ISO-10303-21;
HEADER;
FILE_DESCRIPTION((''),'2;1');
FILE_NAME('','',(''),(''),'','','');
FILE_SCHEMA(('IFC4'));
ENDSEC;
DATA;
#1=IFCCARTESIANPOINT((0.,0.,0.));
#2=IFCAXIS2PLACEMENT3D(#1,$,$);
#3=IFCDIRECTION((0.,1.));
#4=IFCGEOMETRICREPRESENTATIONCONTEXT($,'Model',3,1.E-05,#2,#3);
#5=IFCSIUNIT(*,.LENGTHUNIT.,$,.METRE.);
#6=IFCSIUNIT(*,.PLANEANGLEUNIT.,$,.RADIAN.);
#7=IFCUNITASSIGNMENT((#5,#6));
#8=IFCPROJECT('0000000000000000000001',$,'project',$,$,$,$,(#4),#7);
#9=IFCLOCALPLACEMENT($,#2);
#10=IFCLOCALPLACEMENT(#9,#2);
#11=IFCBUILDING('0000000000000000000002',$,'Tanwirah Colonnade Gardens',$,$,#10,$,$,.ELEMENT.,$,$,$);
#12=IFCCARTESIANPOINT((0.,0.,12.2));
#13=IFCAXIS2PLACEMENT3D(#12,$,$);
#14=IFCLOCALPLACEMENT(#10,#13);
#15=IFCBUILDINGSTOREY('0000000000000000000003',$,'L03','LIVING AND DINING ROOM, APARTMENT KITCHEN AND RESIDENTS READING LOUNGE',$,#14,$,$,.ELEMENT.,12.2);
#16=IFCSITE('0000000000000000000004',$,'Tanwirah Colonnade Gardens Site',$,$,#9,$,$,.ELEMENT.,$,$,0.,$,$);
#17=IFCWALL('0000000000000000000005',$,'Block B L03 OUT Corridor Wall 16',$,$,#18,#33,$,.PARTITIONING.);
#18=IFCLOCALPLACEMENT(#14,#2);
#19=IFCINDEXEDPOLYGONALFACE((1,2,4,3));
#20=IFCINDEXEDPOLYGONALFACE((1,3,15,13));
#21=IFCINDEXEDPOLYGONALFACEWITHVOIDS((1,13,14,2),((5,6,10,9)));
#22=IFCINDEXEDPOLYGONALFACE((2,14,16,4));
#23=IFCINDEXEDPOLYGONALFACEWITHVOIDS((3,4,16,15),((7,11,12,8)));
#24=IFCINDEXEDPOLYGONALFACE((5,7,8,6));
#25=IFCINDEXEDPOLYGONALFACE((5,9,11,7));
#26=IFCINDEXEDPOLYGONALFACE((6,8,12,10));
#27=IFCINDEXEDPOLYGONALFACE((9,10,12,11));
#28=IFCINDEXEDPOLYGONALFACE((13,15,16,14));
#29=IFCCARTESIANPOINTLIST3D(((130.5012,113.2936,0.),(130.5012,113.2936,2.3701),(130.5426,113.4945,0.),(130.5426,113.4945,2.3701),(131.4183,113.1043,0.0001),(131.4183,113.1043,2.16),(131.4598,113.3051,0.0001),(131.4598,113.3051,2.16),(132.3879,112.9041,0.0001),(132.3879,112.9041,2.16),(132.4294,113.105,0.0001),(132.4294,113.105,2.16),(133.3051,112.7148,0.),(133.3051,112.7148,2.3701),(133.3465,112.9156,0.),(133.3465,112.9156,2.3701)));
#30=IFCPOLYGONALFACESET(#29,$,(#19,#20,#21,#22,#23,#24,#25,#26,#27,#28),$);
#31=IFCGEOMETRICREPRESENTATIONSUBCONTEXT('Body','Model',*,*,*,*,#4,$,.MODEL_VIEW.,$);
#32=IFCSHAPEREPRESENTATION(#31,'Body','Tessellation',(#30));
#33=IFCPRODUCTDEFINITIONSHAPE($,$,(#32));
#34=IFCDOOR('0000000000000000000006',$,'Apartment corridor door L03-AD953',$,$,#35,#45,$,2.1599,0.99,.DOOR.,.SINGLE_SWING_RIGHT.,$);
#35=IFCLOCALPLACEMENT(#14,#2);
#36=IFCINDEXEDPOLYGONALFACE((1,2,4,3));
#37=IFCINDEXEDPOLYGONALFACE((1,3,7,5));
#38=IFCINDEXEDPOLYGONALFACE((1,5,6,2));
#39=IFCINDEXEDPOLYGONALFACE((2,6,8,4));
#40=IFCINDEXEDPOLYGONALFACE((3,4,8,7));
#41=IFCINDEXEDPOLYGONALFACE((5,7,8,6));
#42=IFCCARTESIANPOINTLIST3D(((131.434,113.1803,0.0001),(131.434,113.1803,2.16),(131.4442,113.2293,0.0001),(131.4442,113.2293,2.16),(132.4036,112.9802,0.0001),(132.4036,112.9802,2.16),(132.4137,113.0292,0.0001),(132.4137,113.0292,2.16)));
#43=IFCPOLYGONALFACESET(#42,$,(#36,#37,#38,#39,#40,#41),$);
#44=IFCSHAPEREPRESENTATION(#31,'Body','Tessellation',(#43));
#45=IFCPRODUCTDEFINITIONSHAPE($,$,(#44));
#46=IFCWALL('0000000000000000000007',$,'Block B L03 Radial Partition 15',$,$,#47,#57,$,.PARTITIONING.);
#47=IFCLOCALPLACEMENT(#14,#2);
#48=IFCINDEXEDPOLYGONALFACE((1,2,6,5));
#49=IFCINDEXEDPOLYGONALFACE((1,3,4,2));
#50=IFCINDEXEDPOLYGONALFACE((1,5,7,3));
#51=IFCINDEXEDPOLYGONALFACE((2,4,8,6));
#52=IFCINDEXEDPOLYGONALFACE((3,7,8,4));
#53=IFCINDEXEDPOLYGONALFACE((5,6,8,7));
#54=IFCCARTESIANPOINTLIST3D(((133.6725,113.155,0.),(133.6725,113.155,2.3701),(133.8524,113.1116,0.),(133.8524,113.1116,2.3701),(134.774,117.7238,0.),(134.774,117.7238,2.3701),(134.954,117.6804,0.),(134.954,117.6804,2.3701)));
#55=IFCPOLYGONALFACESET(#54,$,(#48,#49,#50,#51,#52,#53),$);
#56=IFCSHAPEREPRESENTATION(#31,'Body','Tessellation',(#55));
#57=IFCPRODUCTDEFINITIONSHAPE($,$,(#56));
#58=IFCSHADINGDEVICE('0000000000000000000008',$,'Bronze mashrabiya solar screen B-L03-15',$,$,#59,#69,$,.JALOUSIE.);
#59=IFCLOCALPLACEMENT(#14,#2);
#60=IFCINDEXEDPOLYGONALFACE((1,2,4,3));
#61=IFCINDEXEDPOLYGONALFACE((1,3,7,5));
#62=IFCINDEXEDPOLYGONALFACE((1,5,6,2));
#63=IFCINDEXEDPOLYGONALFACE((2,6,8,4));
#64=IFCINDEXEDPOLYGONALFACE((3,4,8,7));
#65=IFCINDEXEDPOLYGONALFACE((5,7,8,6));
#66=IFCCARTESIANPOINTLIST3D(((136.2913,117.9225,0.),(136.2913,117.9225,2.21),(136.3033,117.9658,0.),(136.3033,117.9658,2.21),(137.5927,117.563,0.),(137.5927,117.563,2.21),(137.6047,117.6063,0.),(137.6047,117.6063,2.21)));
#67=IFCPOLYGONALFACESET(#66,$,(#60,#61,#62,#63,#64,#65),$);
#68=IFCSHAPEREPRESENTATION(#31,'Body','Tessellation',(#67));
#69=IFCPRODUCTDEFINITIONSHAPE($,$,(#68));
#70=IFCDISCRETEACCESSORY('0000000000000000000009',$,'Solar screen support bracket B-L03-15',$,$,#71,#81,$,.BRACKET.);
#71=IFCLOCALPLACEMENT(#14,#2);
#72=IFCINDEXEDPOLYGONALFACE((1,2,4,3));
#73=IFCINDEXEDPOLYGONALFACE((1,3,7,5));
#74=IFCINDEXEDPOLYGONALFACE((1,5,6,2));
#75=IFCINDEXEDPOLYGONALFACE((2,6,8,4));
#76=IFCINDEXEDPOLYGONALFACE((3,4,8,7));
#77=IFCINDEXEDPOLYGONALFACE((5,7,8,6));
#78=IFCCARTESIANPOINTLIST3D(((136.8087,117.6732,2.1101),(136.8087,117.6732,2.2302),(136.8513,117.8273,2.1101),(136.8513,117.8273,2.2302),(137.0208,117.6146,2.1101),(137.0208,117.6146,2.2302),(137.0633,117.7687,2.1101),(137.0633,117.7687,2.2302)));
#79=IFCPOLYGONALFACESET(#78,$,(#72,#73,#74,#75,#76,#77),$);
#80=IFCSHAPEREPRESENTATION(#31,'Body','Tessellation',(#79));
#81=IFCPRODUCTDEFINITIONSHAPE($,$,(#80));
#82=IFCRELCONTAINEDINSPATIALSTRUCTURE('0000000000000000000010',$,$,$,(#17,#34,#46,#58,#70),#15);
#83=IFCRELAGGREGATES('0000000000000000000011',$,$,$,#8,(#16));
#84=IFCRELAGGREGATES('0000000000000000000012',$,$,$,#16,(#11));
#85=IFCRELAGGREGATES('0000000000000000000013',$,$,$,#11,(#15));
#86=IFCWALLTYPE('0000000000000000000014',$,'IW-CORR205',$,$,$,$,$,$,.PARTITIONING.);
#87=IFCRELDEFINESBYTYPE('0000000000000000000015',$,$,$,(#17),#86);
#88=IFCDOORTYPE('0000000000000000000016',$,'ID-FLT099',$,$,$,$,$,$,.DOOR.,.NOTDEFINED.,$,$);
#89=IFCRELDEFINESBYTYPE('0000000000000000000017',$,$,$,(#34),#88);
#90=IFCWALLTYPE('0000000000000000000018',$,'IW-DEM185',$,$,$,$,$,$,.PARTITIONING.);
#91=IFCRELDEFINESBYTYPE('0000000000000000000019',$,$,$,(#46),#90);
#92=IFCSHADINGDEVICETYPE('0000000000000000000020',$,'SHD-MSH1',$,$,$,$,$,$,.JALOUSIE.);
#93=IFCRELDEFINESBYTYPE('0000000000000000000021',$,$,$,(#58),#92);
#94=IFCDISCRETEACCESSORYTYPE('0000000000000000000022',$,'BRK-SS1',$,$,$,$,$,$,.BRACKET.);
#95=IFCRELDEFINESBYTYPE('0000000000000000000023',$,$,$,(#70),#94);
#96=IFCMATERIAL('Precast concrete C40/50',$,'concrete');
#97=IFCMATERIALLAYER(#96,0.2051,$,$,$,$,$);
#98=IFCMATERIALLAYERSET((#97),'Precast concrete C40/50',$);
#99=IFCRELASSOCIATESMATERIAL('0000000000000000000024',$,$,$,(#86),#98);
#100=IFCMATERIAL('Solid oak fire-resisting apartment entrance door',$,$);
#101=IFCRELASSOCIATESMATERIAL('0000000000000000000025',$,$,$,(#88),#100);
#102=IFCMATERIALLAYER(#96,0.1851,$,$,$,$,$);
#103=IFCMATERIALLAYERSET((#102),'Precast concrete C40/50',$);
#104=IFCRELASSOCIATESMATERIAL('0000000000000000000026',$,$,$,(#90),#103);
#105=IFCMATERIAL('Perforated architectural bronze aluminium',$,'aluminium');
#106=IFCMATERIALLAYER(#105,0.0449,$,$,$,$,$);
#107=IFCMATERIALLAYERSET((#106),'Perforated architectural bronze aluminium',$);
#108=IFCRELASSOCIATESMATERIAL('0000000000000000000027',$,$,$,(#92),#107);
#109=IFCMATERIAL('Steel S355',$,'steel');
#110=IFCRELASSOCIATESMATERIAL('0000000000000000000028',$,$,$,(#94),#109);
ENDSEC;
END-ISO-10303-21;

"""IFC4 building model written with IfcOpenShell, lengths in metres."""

from ifc_helpers import new_model, si_unit, direction, frame, frame_2d, origin, origin_2d, place, context, subcontext, project, spatial, rectangle, extrude, material, layer, layer_set, type_object, element, fill, save


model = new_model("IFC4")

# Units and contexts
model_context = context("Model", 3, precision=1e-05, world=origin(), true_north=direction((0.0, 1.0)))
body_context = subcontext(model_context, "Body", "Model", "MODEL_VIEW")
ifc_project = project(units=[si_unit("LENGTHUNIT", "METRE"), si_unit("PLANEANGLEUNIT", "RADIAN")], contexts=[model_context])

# Site, building, storey
site_placement = place(None, origin())
site = spatial("IfcSite", under=ifc_project, at=site_placement, Name="Tanwirah Colonnade Gardens Site", CompositionType="ELEMENT", RefElevation=0.0)
building_placement = place(site_placement, origin())
building = spatial("IfcBuilding", under=site, at=building_placement, Name="Tanwirah Colonnade Gardens", CompositionType="ELEMENT")
storey_placement = place(building_placement, frame((0.0, 0.0, 12.2)))
storey = spatial("IfcBuildingStorey", under=building, at=storey_placement, Name="L03", Description="LIVING AND DINING ROOM, APARTMENT KITCHEN AND RESIDENTS READING LOUNGE", CompositionType="ELEMENT", Elevation=12.2)

# Shared definitions
ifc_material_1 = material(Name="Precast concrete C40/50", Category="concrete")

# Wall, opening, door
ifc_layer_1 = layer(ifc_material_1, 0.2051)
ifc_layer_set_1 = layer_set([ifc_layer_1], Name="Precast concrete C40/50")
wall_type_1 = type_object("IfcWallType", Name="IW-CORR205", PredefinedType="PARTITIONING", material=ifc_layer_set_1)
ifc_material_2 = material(Name="Solid oak fire-resisting apartment entrance door")
wall_1_placement = place(storey_placement, frame((133.3259, 112.8152, 0.0), z_axis=(0.0, 0.0, 1.0), x_axis=(-0.979348, 0.20218, 0.0)))
wall_1 = element("IfcWall", 1, at=wall_1_placement, inside=storey, type_object=wall_type_1, Name="Block B L03 OUT Corridor Wall 16", PredefinedType="PARTITIONING", context=body_context, shape_type="SweptSolid", body=[
    extrude(rectangle(XDim=2.863, YDim=0.2051, at=frame_2d((1.4316, 0.0))), origin(), (0.0, 0.0, 1.0), 2.3701),
])
opening_1_placement = place(wall_1_placement, frame((0.9365, 0.0, 0.0)))
opening_1 = element("IfcOpeningElement", 2, at=opening_1_placement, cuts=wall_1, PredefinedType="OPENING", context=body_context, shape_type="SweptSolid", body=[
    extrude(rectangle(XDim=0.99, YDim=2.1599, at=frame_2d((0.4951, 1.0801))), frame((0.0, 0.1125, 0.0), z_axis=(0.0, -1.0, 0.0), x_axis=(1.0, 0.0, 0.0)), (0.0, 0.0, 1.0), 0.2251),
])
door_type_1 = type_object("IfcDoorType", Name="ID-FLT099", OperationType="NOTDEFINED", PredefinedType="DOOR", material=ifc_material_2)
door_1_placement = place(opening_1_placement, origin())
door_1 = element("IfcDoor", 3, at=door_1_placement, inside=storey, type_object=door_type_1, Name="Apartment corridor door L03-AD953", OperationType="SINGLE_SWING_RIGHT", OverallHeight=2.1599, OverallWidth=0.99, PredefinedType="DOOR", context=body_context, shape_type="SweptSolid", body=[
    extrude(rectangle(XDim=0.99, YDim=2.1599, at=frame_2d((0.4951, 1.0801))), frame((0.0, 0.0249, 0.0), z_axis=(0.0, -1.0, 0.0), x_axis=(1.0, 0.0, 0.0)), (0.0, 0.0, 1.0), 0.05),
])
fill(opening_1, door_1)

# Wall
ifc_layer_2 = layer(ifc_material_1, 0.1851)
ifc_layer_set_2 = layer_set([ifc_layer_2], Name="Precast concrete C40/50")
wall_type_2 = type_object("IfcWallType", Name="IW-DEM185", PredefinedType="PARTITIONING", material=ifc_layer_set_2)
wall_2_placement = place(storey_placement, frame((133.7625, 113.1333, 0.0), z_axis=(0.0, 0.0, 1.0), x_axis=(0.234387, 0.972143, 0.0)))
element("IfcWall", 4, at=wall_2_placement, inside=storey, type_object=wall_type_2, Name="Block B L03 Radial Partition 15", PredefinedType="PARTITIONING", context=body_context, shape_type="SweptSolid", body=[
    extrude(rectangle(XDim=4.6997, YDim=0.1851, at=frame_2d((2.3499, 0.0))), origin(), (0.0, 0.0, 1.0), 2.3701),
])

# Shading device
ifc_material_3 = material(Name="Perforated architectural bronze aluminium", Category="aluminium")
ifc_layer_3 = layer(ifc_material_3, 0.0449)
ifc_layer_set_3 = layer_set([ifc_layer_3], Name="Perforated architectural bronze aluminium")
shading_device_type = type_object("IfcShadingDeviceType", Name="SHD-MSH1", PredefinedType="JALOUSIE", material=ifc_layer_set_3)
shading_device_placement = place(storey_placement, frame((136.948, 117.7644, 0.0), z_axis=(0.0, 0.0, 1.0), x_axis=(-0.963889, 0.266305, 0.0)))
element("IfcShadingDevice", 5, at=shading_device_placement, inside=storey, type_object=shading_device_type, Name="Bronze mashrabiya solar screen B-L03-15", PredefinedType="JALOUSIE", context=body_context, shape_type="SweptSolid", body=[
    extrude(rectangle(XDim=1.3501, YDim=0.0449, at=origin_2d()), origin(), (0.0, 0.0, 1.0), 2.21),
])

# Discrete accessory
ifc_material_4 = material(Name="Steel S355", Category="steel")
discrete_accessory_type = type_object("IfcDiscreteAccessoryType", Name="BRK-SS1", PredefinedType="BRACKET", material=ifc_material_4)
discrete_accessory_placement = place(storey_placement, frame((136.936, 117.7209, 2.1101), z_axis=(0.0, 0.0, 1.0), x_axis=(-0.963889, 0.266305, 0.0)))
element("IfcDiscreteAccessory", 6, at=discrete_accessory_placement, inside=storey, type_object=discrete_accessory_type, Name="Solar screen support bracket B-L03-15", PredefinedType="BRACKET", context=body_context, shape_type="SweptSolid", body=[
    extrude(rectangle(XDim=0.22, YDim=0.1599, at=origin_2d()), origin(), (0.0, 0.0, 1.0), 0.1201),
])

save(model, "model.ifc")
